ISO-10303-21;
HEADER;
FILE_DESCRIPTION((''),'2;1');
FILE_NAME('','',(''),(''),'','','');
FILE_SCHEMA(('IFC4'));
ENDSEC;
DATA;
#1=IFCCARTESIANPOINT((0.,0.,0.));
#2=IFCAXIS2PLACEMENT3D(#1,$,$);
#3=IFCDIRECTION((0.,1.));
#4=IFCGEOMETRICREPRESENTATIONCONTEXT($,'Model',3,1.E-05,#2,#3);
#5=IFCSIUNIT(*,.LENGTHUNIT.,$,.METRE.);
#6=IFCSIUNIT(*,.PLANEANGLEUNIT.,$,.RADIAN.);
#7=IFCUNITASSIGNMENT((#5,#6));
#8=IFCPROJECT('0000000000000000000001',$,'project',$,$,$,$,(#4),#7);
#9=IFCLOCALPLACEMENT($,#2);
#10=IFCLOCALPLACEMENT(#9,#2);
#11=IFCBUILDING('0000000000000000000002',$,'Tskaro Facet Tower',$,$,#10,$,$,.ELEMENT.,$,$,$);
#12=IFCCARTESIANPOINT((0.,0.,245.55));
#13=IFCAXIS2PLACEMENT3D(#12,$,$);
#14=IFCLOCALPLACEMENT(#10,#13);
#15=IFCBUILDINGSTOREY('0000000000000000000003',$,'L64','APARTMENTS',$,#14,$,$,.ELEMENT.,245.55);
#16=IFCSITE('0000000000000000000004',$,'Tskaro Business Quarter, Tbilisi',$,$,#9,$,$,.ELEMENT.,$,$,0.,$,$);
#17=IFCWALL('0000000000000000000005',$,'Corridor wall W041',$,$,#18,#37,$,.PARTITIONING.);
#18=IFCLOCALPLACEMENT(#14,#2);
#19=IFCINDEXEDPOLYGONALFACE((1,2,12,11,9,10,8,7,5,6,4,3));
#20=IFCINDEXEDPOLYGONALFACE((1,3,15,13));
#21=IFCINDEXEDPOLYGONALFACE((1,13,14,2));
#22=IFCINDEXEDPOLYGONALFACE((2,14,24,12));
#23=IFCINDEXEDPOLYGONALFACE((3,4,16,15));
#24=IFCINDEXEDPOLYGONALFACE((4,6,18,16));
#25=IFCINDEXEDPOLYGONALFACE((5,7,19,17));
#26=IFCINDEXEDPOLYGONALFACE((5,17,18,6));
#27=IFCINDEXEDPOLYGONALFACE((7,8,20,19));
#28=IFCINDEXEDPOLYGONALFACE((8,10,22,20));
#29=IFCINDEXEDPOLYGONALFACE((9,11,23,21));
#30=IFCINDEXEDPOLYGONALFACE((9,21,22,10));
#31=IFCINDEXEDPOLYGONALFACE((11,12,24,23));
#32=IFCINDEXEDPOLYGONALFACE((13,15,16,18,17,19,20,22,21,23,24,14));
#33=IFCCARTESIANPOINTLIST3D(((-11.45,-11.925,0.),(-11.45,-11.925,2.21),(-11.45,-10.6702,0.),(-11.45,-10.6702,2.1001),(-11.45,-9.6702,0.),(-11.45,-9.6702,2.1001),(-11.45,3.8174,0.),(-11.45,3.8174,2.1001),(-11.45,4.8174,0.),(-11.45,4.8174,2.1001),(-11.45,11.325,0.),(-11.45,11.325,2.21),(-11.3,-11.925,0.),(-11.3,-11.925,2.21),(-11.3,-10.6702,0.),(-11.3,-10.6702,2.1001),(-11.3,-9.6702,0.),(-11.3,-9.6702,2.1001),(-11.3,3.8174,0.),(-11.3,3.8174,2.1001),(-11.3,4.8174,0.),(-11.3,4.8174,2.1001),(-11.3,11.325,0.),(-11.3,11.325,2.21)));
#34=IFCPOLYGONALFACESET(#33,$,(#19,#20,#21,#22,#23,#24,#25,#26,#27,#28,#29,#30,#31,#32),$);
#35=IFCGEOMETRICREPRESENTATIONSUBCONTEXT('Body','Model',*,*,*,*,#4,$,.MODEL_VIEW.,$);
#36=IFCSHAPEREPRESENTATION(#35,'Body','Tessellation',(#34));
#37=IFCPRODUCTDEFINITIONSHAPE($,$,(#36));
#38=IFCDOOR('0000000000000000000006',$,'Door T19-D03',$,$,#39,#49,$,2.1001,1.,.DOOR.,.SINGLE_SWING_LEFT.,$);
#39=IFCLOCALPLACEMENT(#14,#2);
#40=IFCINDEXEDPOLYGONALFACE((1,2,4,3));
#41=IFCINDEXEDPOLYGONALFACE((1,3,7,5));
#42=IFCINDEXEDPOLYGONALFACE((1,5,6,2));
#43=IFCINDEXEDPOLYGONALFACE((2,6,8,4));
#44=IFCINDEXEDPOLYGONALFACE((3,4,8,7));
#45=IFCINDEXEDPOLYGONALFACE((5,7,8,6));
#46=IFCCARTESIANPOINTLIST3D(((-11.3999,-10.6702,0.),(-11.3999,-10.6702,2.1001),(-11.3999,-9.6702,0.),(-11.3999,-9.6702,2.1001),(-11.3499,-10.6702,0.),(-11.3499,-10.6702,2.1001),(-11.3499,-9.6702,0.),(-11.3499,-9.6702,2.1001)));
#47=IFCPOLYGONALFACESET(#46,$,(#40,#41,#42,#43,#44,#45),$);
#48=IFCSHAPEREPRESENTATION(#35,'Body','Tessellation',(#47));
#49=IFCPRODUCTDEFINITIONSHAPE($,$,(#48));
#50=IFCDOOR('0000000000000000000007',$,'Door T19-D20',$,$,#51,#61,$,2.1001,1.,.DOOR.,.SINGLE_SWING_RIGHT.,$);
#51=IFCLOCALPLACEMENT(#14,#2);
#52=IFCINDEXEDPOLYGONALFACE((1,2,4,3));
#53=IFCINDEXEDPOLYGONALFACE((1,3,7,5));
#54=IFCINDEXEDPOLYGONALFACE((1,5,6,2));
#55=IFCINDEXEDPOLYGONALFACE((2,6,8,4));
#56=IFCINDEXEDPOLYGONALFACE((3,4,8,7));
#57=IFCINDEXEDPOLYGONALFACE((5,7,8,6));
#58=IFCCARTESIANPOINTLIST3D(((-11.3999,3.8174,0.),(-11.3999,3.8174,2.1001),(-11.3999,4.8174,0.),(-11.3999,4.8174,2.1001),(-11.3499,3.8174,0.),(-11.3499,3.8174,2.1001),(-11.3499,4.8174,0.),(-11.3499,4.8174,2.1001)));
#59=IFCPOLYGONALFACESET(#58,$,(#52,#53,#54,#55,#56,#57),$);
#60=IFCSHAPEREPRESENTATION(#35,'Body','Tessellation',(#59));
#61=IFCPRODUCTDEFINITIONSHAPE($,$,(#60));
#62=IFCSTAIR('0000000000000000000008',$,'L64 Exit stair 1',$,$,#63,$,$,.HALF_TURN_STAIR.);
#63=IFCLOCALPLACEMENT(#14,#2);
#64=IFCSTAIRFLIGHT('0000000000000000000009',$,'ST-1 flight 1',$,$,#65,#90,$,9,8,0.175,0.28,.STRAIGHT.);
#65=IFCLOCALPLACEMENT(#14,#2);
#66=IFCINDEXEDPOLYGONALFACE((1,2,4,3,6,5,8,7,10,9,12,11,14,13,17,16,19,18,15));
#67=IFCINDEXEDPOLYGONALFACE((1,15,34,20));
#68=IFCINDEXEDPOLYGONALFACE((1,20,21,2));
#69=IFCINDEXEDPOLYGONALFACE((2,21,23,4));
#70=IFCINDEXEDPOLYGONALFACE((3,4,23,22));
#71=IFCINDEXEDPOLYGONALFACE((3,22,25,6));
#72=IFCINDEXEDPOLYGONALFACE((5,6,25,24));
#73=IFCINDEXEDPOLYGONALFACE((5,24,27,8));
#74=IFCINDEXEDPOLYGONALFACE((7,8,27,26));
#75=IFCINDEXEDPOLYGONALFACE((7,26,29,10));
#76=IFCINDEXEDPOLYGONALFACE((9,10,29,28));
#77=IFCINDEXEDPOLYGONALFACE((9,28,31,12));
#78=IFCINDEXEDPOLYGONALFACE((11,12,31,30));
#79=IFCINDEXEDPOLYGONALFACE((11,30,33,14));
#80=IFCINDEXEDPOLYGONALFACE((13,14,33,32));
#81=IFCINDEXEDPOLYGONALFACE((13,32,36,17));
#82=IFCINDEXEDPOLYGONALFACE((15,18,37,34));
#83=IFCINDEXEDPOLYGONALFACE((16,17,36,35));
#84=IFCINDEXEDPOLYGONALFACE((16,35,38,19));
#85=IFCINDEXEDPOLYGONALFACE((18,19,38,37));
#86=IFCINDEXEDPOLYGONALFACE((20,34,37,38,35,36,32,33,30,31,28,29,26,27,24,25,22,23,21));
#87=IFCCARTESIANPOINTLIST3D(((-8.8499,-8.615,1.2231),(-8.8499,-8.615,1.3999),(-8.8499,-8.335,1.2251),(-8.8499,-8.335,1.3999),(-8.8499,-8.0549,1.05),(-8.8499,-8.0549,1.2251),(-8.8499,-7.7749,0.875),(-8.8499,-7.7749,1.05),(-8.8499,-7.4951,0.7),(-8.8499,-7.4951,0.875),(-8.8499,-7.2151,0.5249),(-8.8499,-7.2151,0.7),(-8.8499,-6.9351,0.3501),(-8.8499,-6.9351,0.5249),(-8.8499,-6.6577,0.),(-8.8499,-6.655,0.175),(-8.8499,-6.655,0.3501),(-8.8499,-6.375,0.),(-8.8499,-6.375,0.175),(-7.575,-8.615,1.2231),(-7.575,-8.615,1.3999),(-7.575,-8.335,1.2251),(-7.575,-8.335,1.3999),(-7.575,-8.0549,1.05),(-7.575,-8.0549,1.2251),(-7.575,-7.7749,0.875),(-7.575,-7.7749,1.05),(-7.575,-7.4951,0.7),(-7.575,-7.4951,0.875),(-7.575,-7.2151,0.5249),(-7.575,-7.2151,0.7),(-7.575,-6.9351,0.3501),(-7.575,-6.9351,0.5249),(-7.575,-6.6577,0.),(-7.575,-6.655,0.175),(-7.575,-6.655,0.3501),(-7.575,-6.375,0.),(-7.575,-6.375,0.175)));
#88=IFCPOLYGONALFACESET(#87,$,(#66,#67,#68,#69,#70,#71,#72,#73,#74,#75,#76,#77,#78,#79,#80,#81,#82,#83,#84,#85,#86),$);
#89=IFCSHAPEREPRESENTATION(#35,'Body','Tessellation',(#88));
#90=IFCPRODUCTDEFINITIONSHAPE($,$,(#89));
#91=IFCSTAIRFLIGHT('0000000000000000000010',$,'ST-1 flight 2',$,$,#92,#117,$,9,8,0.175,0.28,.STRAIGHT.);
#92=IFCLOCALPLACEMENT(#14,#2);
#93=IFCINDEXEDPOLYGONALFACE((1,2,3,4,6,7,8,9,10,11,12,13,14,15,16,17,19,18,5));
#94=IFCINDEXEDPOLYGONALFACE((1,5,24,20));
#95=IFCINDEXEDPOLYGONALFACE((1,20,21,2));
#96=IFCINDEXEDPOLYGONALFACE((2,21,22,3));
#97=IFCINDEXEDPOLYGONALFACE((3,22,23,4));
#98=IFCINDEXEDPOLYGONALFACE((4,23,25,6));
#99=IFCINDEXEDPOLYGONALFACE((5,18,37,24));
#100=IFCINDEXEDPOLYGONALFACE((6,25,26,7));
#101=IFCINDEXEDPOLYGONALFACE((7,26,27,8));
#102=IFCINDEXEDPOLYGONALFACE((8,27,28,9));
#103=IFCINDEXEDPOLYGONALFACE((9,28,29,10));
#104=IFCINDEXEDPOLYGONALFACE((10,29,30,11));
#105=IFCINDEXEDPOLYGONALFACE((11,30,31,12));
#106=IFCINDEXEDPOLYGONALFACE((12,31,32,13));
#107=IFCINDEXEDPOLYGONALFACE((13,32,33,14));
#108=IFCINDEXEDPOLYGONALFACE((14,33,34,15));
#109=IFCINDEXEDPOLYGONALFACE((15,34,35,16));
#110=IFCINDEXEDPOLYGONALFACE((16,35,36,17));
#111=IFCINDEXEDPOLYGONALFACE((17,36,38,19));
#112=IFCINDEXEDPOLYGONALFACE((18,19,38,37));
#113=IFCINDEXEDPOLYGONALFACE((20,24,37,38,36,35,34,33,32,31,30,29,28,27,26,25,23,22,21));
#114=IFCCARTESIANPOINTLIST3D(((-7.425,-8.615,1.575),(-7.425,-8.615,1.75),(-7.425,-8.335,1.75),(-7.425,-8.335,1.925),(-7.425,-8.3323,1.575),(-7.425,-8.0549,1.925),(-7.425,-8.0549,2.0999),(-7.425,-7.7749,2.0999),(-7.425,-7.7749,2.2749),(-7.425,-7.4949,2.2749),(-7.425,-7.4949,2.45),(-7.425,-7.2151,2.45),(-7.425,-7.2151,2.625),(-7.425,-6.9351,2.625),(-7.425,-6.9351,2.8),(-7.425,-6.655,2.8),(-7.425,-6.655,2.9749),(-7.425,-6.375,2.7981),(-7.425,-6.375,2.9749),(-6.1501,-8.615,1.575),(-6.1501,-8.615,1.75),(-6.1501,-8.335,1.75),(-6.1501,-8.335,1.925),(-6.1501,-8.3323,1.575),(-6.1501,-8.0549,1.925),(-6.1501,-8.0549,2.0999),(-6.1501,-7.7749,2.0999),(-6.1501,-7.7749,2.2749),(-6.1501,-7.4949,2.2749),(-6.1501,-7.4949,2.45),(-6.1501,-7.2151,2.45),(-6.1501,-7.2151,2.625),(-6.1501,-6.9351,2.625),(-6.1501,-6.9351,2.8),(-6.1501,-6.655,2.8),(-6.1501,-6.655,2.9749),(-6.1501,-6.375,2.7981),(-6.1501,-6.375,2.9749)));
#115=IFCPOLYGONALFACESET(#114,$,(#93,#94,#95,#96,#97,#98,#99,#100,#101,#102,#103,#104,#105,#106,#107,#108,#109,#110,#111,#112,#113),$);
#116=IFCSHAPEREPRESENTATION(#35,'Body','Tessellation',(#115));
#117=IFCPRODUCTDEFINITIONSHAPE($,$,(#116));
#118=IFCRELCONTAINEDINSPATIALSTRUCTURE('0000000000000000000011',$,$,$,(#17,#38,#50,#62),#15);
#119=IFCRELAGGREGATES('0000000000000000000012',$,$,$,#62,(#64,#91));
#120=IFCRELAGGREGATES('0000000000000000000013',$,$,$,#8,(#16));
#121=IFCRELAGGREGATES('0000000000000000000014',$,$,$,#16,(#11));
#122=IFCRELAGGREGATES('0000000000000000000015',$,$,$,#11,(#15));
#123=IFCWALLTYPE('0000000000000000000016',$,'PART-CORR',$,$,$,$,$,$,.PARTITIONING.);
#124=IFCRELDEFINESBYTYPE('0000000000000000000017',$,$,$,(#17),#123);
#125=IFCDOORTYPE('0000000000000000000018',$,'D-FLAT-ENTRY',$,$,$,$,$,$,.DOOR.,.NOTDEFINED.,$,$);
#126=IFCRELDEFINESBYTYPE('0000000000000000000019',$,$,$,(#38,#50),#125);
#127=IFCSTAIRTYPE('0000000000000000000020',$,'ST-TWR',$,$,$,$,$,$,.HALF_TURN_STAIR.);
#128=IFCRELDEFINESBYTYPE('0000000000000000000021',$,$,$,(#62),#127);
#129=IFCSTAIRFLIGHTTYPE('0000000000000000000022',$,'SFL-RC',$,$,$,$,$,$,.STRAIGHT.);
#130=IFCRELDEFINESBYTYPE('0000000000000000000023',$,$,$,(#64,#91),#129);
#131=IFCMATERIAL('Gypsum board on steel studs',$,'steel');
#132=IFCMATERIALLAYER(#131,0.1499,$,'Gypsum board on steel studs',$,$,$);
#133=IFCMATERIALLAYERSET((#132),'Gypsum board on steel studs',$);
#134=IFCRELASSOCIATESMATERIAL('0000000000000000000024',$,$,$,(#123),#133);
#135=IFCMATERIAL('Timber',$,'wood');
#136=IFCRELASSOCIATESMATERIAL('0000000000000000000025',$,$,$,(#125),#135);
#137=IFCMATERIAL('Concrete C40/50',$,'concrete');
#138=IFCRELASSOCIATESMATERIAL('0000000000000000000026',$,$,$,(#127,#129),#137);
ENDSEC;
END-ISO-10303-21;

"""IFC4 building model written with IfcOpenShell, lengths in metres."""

from ifc_helpers import new_model, si_unit, direction, frame, frame_2d, origin, place, context, subcontext, project, spatial, polyline, rectangle, outline, extrude, material, layer, layer_set, type_object, element, fill, aggregate, save


model = new_model("IFC4")

# Units and contexts
model_context = context("Model", 3, precision=1e-05, world=origin(), true_north=direction((0.0, 1.0)))
body_context = subcontext(model_context, "Body", "Model", "MODEL_VIEW")
ifc_project = project(units=[si_unit("LENGTHUNIT", "METRE"), si_unit("PLANEANGLEUNIT", "RADIAN")], contexts=[model_context])

# Site, building, storey
site_placement = place(None, origin())
site = spatial("IfcSite", under=ifc_project, at=site_placement, Name="Tskaro Business Quarter, Tbilisi", CompositionType="ELEMENT", RefElevation=0.0)
building_placement = place(site_placement, origin())
building = spatial("IfcBuilding", under=site, at=building_placement, Name="Tskaro Facet Tower", CompositionType="ELEMENT")
storey_placement = place(building_placement, frame((0.0, 0.0, 245.55)))
storey = spatial("IfcBuildingStorey", under=building, at=storey_placement, Name="L64", Description="APARTMENTS", CompositionType="ELEMENT", Elevation=245.55)

# Shared definitions
ifc_material_1 = material(Name="Timber", Category="wood")

# Shared definitions
ifc_material_2 = material(Name="Concrete C40/50", Category="concrete")

# Wall, openings, doors
ifc_material_3 = material(Name="Gypsum board on steel studs", Category="steel")
ifc_layer_1 = layer(ifc_material_3, 0.1499, Name="Gypsum board on steel studs")
ifc_layer_set_1 = layer_set([ifc_layer_1], Name="Gypsum board on steel studs")
wall_type_1 = type_object("IfcWallType", Name="PART-CORR", PredefinedType="PARTITIONING", material=ifc_layer_set_1)
wall_1_placement = place(storey_placement, frame((-11.375, -11.925, 0.0), z_axis=(0.0, 0.0, 1.0), x_axis=(0.0, 1.0, 0.0)))
wall_1 = element("IfcWall", 1, at=wall_1_placement, inside=storey, type_object=wall_type_1, Name="Corridor wall W041", PredefinedType="PARTITIONING", context=body_context, shape_type="SweptSolid", body=[
    extrude(rectangle(XDim=23.25, YDim=0.1499, at=frame_2d((11.625, 0.0))), origin(), (0.0, 0.0, 1.0), 2.21),
])
opening_1_placement = place(wall_1_placement, frame((1.2549, 0.0, 0.0)))
opening_1 = element("IfcOpeningElement", 2, at=opening_1_placement, cuts=wall_1, PredefinedType="OPENING", context=body_context, shape_type="SweptSolid", body=[
    extrude(rectangle(XDim=1.0, YDim=2.1001, at=frame_2d((0.5, 1.05))), frame((0.0, 0.085, 0.0), z_axis=(0.0, -1.0, 0.0), x_axis=(1.0, 0.0, 0.0)), (0.0, 0.0, 1.0), 0.1699),
])
opening_2_placement = place(wall_1_placement, frame((15.7424, 0.0, 0.0)))
opening_2 = element("IfcOpeningElement", 3, at=opening_2_placement, cuts=wall_1, PredefinedType="OPENING", context=body_context, shape_type="SweptSolid", body=[
    extrude(rectangle(XDim=1.0, YDim=2.1001, at=frame_2d((0.5, 1.05))), frame((0.0, 0.085, 0.0), z_axis=(0.0, -1.0, 0.0), x_axis=(1.0, 0.0, 0.0)), (0.0, 0.0, 1.0), 0.1699),
])
door_type_1 = type_object("IfcDoorType", Name="D-FLAT-ENTRY", OperationType="NOTDEFINED", PredefinedType="DOOR", material=ifc_material_1)
door_1_placement = place(opening_1_placement, origin())
door_1 = element("IfcDoor", 4, at=door_1_placement, inside=storey, type_object=door_type_1, Name="Door T19-D03", OperationType="SINGLE_SWING_LEFT", OverallHeight=2.1001, OverallWidth=1.0, PredefinedType="DOOR", context=body_context, shape_type="SweptSolid", body=[
    extrude(rectangle(XDim=1.0, YDim=2.1001, at=frame_2d((0.5, 1.05))), frame((0.0, 0.0249, 0.0), z_axis=(0.0, -1.0, 0.0), x_axis=(1.0, 0.0, 0.0)), (0.0, 0.0, 1.0), 0.05),
])
fill(opening_1, door_1)
door_2_placement = place(opening_2_placement, origin())
door_2 = element("IfcDoor", 5, at=door_2_placement, inside=storey, type_object=door_type_1, Name="Door T19-D20", OperationType="SINGLE_SWING_RIGHT", OverallHeight=2.1001, OverallWidth=1.0, PredefinedType="DOOR", context=body_context, shape_type="SweptSolid", body=[
    extrude(rectangle(XDim=1.0, YDim=2.1001, at=frame_2d((0.5, 1.05))), frame((0.0, 0.0249, 0.0), z_axis=(0.0, -1.0, 0.0), x_axis=(1.0, 0.0, 0.0)), (0.0, 0.0, 1.0), 0.05),
])
fill(opening_2, door_2)

# Stair, stair flights
stair_type = type_object("IfcStairType", Name="ST-TWR", PredefinedType="HALF_TURN_STAIR", material=ifc_material_2)
stair_placement = place(storey_placement, origin())
stair = element("IfcStair", 6, at=stair_placement, inside=storey, type_object=stair_type, Name="L64 Exit stair 1", PredefinedType="HALF_TURN_STAIR")
stair_flight_type = type_object("IfcStairFlightType", Name="SFL-RC", PredefinedType="STRAIGHT", material=ifc_material_2)
stair_flight_1_placement = place(storey_placement, frame((-8.2124, -6.375, 0.0), z_axis=(0.0, 0.0, 1.0), x_axis=(0.0, -1.0, 0.0)))
stair_flight_1 = element("IfcStairFlight", 7, at=stair_flight_1_placement, type_object=stair_flight_type, Name="ST-1 flight 1", NumberOfRisers=9, NumberOfTreads=8, PredefinedType="STRAIGHT", RiserHeight=0.175, TreadLength=0.28, context=body_context, shape_type="SweptSolid", body=[
    extrude(outline(polyline([(0.0, 0.0), (0.0, 0.175), (0.28, 0.175), (0.28, 0.3501), (0.5601, 0.3501), (0.5601, 0.5249), (0.8401, 0.5249), (0.8401, 0.7), (1.1201, 0.7), (1.1201, 0.875), (1.3999, 0.875), (1.3999, 1.05), (1.6799, 1.05), (1.6799, 1.2251), (1.96, 1.2251), (1.96, 1.3999), (2.24, 1.3999), (2.24, 1.575), (2.24, 1.2231), (0.2827, 0.0), (0.0, 0.0)])), frame((0.0, 0.6375, 0.0), z_axis=(0.0, -1.0, 0.0), x_axis=(1.0, 0.0, 0.0)), (0.0, 0.0, 1.0), 1.2749),
])
stair_flight_2_placement = place(storey_placement, frame((-6.7876, -8.615, 1.575), z_axis=(0.0, 0.0, 1.0), x_axis=(0.0, 1.0, 0.0)))
stair_flight_2 = element("IfcStairFlight", 8, at=stair_flight_2_placement, type_object=stair_flight_type, Name="ST-1 flight 2", NumberOfRisers=9, NumberOfTreads=8, PredefinedType="STRAIGHT", RiserHeight=0.175, TreadLength=0.28, context=body_context, shape_type="SweptSolid", body=[
    extrude(outline(polyline([(0.0, 0.0), (0.0, 0.175), (0.28, 0.175), (0.28, 0.3501), (0.5601, 0.3501), (0.5601, 0.5249), (0.8401, 0.5249), (0.8401, 0.7), (1.1201, 0.7), (1.1201, 0.875), (1.3999, 0.875), (1.3999, 1.05), (1.6799, 1.05), (1.6799, 1.2251), (1.96, 1.2251), (1.96, 1.3999), (2.24, 1.3999), (2.24, 1.575), (2.24, 1.2231), (0.2827, 0.0), (0.0, 0.0)])), frame((0.0, 0.6375, 0.0), z_axis=(0.0, -1.0, 0.0), x_axis=(1.0, 0.0, 0.0)), (0.0, 0.0, 1.0), 1.2749),
])
aggregate(stair, [stair_flight_1, stair_flight_2])

save(model, "model.ifc")
